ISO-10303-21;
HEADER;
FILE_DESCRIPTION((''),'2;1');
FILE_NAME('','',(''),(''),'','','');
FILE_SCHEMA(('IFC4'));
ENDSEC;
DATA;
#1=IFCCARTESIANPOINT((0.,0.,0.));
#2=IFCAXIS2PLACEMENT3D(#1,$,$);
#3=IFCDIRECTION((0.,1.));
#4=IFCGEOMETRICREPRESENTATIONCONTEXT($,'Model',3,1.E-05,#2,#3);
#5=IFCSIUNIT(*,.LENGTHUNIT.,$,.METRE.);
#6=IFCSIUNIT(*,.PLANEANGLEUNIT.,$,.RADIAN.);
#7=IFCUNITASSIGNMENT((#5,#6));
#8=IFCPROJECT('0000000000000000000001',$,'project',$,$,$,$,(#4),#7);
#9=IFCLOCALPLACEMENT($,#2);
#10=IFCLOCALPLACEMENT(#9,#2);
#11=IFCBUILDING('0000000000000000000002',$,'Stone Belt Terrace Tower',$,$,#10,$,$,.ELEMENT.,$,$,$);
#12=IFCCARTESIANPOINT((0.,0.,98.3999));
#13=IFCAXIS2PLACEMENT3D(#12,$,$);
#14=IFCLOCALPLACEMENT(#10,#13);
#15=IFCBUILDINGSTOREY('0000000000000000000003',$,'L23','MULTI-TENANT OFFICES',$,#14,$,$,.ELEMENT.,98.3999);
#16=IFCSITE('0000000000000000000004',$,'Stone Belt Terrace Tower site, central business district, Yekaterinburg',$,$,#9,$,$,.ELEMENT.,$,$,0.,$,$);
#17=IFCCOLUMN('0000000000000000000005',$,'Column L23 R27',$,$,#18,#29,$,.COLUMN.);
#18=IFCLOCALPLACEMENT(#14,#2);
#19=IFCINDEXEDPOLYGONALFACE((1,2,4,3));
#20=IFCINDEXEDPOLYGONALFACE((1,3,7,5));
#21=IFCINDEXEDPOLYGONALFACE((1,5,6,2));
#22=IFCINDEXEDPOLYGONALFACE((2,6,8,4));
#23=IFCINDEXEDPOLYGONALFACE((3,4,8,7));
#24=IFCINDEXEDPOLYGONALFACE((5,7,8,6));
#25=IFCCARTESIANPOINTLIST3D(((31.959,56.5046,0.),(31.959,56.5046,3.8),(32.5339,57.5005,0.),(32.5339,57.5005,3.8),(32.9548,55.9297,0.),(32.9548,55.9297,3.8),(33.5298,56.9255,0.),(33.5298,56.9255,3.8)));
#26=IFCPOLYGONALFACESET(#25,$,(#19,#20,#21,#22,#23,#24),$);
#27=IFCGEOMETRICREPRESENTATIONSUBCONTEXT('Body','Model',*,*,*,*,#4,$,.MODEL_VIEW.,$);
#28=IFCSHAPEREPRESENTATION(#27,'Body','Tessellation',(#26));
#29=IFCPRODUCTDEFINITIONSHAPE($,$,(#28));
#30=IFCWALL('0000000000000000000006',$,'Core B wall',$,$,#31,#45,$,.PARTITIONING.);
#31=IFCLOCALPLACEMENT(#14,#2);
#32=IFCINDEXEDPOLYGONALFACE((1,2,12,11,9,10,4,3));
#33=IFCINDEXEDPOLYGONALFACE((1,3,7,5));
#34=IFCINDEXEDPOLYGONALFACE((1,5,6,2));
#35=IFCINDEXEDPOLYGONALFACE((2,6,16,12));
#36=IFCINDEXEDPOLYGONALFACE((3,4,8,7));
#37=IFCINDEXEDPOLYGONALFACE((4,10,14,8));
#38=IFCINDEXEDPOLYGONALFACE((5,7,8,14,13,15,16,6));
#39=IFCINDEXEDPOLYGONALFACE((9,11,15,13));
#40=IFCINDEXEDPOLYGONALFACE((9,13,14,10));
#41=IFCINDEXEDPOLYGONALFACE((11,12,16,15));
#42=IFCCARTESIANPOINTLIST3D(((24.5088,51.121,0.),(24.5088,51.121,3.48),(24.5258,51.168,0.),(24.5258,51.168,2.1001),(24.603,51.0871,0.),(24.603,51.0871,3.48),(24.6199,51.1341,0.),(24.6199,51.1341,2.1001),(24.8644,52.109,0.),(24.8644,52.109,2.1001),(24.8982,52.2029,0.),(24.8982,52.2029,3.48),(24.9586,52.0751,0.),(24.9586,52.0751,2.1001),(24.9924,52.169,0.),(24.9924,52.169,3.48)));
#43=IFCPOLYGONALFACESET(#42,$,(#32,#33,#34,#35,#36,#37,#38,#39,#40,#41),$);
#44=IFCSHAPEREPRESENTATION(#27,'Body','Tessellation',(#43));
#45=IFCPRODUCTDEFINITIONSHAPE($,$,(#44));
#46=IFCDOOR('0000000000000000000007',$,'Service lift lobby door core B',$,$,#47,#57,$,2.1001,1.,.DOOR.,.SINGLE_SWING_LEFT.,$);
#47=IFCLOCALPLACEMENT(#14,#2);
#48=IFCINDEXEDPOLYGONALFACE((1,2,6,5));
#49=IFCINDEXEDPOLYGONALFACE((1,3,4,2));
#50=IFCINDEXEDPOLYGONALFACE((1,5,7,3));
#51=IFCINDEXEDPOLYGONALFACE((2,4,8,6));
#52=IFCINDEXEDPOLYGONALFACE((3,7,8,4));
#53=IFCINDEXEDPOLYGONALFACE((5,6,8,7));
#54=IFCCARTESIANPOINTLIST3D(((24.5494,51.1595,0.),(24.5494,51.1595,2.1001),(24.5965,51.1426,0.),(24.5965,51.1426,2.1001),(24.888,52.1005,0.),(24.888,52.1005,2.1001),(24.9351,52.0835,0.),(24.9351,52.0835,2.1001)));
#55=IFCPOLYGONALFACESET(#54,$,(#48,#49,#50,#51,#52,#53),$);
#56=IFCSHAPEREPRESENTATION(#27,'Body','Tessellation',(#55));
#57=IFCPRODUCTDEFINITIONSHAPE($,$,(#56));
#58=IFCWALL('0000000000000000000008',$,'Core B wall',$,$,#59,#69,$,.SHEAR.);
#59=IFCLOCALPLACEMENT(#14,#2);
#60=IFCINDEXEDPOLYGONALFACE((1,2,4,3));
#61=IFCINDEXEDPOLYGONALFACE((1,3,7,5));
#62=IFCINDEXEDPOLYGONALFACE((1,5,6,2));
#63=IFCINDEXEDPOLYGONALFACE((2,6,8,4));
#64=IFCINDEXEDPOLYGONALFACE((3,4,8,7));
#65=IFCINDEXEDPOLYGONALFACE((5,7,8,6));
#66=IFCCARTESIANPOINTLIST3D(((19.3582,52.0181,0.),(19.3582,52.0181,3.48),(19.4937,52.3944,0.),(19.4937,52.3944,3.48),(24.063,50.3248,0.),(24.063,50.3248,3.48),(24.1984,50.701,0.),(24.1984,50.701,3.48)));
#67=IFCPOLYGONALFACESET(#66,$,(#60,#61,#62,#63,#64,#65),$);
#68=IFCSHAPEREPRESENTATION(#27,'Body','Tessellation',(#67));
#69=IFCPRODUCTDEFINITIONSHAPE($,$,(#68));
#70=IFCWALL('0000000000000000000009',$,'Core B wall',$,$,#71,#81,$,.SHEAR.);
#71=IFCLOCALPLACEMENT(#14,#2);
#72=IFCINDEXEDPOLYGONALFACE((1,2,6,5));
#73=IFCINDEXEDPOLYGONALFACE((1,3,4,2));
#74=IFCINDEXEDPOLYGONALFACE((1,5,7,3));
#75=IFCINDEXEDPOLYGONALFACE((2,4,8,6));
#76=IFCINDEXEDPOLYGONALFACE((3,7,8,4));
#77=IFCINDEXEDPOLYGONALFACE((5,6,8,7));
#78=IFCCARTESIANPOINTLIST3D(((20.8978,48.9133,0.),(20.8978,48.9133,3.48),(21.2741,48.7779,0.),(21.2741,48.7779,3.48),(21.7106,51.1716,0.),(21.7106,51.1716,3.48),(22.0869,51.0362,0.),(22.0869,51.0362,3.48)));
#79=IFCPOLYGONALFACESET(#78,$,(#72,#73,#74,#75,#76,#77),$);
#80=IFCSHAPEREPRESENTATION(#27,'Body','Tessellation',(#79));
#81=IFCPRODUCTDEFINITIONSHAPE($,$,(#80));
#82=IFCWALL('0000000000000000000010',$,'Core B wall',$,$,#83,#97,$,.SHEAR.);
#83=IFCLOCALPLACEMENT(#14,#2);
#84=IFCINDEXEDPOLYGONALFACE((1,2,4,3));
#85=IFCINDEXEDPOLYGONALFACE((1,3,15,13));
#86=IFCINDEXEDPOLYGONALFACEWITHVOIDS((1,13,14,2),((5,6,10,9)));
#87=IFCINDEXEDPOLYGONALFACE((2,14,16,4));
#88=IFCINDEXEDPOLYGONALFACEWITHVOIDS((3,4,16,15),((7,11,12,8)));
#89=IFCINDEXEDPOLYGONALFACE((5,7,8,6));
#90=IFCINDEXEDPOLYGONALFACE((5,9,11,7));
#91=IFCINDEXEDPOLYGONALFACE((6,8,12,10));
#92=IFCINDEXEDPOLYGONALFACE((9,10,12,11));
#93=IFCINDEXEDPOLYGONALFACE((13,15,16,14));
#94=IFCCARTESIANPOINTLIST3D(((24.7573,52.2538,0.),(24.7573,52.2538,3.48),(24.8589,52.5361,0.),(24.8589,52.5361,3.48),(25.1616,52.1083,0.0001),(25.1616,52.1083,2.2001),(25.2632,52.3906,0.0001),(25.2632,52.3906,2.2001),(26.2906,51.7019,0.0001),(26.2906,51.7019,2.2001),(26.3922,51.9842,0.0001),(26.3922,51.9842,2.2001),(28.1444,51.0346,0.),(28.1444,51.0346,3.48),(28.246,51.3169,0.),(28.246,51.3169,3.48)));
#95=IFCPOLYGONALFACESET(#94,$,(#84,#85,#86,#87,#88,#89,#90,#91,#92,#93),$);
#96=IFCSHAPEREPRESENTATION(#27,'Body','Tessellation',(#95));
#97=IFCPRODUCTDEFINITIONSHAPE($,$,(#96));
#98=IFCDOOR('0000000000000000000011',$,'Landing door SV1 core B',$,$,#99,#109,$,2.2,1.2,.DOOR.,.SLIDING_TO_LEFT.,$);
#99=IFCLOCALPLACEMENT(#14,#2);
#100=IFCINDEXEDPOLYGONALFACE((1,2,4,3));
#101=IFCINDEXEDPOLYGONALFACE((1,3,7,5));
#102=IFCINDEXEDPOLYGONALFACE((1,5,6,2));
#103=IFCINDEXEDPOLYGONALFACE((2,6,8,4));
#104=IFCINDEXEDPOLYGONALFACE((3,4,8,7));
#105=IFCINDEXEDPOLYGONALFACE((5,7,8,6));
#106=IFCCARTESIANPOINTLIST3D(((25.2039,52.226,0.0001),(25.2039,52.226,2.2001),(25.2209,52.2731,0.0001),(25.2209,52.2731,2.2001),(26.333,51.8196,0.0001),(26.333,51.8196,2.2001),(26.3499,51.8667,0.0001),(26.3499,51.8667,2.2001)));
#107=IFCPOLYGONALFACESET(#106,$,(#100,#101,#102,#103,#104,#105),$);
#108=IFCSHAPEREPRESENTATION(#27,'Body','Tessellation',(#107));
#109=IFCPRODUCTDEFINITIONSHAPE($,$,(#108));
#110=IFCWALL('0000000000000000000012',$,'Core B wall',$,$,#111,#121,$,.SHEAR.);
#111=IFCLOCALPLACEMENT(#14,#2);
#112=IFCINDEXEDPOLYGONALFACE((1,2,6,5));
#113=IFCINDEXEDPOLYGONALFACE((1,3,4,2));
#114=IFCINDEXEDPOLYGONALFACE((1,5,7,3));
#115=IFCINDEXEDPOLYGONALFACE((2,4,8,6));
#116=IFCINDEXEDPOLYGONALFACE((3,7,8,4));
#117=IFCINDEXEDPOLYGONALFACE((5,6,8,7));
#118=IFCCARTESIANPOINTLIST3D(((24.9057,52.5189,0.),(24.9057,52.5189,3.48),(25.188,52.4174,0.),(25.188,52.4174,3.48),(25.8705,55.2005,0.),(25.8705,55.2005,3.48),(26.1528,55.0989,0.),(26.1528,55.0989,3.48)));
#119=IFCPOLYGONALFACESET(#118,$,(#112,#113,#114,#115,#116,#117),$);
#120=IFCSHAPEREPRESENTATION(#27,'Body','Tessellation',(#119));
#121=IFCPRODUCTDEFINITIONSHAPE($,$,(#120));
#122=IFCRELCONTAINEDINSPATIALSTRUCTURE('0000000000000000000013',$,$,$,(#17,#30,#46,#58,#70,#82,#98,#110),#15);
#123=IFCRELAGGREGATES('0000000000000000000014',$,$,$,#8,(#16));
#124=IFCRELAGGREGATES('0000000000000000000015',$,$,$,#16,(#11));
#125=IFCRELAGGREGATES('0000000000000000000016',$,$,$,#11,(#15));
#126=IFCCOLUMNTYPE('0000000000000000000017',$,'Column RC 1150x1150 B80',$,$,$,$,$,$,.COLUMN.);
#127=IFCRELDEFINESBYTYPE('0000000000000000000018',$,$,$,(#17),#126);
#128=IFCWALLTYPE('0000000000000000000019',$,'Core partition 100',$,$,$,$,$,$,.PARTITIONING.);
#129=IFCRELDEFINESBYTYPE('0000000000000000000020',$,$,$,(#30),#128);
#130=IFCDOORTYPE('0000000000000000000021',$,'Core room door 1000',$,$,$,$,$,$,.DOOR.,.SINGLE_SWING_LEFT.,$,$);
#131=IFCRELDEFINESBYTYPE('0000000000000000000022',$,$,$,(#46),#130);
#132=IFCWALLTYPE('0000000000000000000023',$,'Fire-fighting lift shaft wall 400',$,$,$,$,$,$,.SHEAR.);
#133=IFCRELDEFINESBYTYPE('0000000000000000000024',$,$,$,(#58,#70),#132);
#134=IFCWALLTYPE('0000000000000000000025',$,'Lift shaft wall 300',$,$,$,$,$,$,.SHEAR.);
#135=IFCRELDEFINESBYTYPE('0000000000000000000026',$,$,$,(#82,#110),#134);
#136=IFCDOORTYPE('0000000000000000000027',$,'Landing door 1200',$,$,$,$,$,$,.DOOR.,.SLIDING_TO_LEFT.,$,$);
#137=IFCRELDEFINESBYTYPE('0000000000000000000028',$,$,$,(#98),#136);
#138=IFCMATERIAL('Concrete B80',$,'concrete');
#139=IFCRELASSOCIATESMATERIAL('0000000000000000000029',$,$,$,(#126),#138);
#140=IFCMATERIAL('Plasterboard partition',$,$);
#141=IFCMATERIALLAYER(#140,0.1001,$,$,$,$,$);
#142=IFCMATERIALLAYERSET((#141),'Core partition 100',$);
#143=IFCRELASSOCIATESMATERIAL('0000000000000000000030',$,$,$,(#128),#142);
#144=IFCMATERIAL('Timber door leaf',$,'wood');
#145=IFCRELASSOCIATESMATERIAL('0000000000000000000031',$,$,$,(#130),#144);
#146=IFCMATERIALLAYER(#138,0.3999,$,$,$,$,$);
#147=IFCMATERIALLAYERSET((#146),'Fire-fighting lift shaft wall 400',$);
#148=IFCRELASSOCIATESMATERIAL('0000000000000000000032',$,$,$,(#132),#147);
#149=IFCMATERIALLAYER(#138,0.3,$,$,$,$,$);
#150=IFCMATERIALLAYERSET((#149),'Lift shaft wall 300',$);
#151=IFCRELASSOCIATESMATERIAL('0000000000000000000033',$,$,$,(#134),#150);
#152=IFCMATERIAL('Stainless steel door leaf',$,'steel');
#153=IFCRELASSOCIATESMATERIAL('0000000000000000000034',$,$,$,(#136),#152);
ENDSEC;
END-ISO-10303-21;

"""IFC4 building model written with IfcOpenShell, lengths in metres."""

from ifc_helpers import new_model, si_unit, direction, frame, frame_2d, origin, origin_2d, place, context, subcontext, project, spatial, rectangle, extrude, material, layer, layer_set, material_profile, profile_set, type_object, element, fill, save


model = new_model("IFC4")

# Units and contexts
model_context = context("Model", 3, precision=1e-05, world=origin(), true_north=direction((0.0, 1.0)))
body_context = subcontext(model_context, "Body", "Model", "MODEL_VIEW")
ifc_project = project(units=[si_unit("LENGTHUNIT", "METRE"), si_unit("PLANEANGLEUNIT", "RADIAN")], contexts=[model_context])

# Site, building, storey
site_placement = place(None, origin())
site = spatial("IfcSite", under=ifc_project, at=site_placement, Name="Stone Belt Terrace Tower site, central business district, Yekaterinburg", CompositionType="ELEMENT", RefElevation=0.0)
building_placement = place(site_placement, origin())
building = spatial("IfcBuilding", under=site, at=building_placement, Name="Stone Belt Terrace Tower", CompositionType="ELEMENT")
storey_placement = place(building_placement, frame((0.0, 0.0, 98.3999)))
storey = spatial("IfcBuildingStorey", under=building, at=storey_placement, Name="L23", Description="MULTI-TENANT OFFICES", CompositionType="ELEMENT", Elevation=98.3999)

# Column
ifc_material_1 = material(Name="Concrete B80", Category="concrete")
ifc_material_profile = material_profile(ifc_material_1, rectangle(XDim=1.1499, YDim=1.1499, at=origin_2d()), Name="RC 1150x1150")
ifc_profile_set = profile_set([ifc_material_profile], Name="Concrete B80")
column_type = type_object("IfcColumnType", Name="Column RC 1150x1150 B80", PredefinedType="COLUMN", material=ifc_profile_set)
column_placement = place(storey_placement, frame((32.7444, 56.7151, 0.0), z_axis=(0.0, 0.0, 1.0), x_axis=(0.866025, -0.5, 0.0)))
element("IfcColumn", 1, at=column_placement, inside=storey, type_object=column_type, Name="Column L23 R27", PredefinedType="COLUMN", context=body_context, shape_type="SweptSolid", body=[
    extrude(rectangle(XDim=1.1499, YDim=1.1499, at=origin_2d()), origin(), (0.0, 0.0, 1.0), 3.8),
])

# Wall, opening, door
ifc_material_2 = material(Name="Plasterboard partition")
ifc_layer_1 = layer(ifc_material_2, 0.1001)
ifc_layer_set_1 = layer_set([ifc_layer_1], Name="Core partition 100")
wall_type_1 = type_object("IfcWallType", Name="Core partition 100", PredefinedType="PARTITIONING", material=ifc_layer_set_1)
wall_1_placement = place(storey_placement, frame((24.5559, 51.104, 0.0), z_axis=(0.0, 0.0, 1.0), x_axis=(0.338622, 0.940923, 0.0)))
wall_1 = element("IfcWall", 2, at=wall_1_placement, inside=storey, type_object=wall_type_1, Name="Core B wall", PredefinedType="PARTITIONING", context=body_context, shape_type="SweptSolid", body=[
    extrude(rectangle(XDim=1.1499, YDim=0.1001, at=frame_2d((0.575, 0.0))), origin(), (0.0, 0.0, 1.0), 3.48),
])
opening_1_placement = place(wall_1_placement, frame((0.05, 0.0, 0.0)))
opening_1 = element("IfcOpeningElement", 3, at=opening_1_placement, cuts=wall_1, PredefinedType="OPENING", context=body_context, shape_type="SweptSolid", body=[
    extrude(rectangle(XDim=1.0, YDim=2.1001, at=frame_2d((0.5, 1.05))), frame((0.0, 0.0601, 0.0), z_axis=(0.0, -1.0, 0.0), x_axis=(1.0, 0.0, 0.0)), (0.0, 0.0, 1.0), 0.1201),
])
ifc_material_3 = material(Name="Timber door leaf", Category="wood")
door_type_1 = type_object("IfcDoorType", Name="Core room door 1000", OperationType="SINGLE_SWING_LEFT", PredefinedType="DOOR", material=ifc_material_3)
door_1_placement = place(opening_1_placement, origin())
door_1 = element("IfcDoor", 4, at=door_1_placement, inside=storey, type_object=door_type_1, Name="Service lift lobby door core B", OperationType="SINGLE_SWING_LEFT", OverallHeight=2.1001, OverallWidth=1.0, PredefinedType="DOOR", context=body_context, shape_type="SweptSolid", body=[
    extrude(rectangle(XDim=1.0, YDim=2.1001, at=frame_2d((0.5, 1.05))), frame((0.0, 0.0249, 0.0), z_axis=(0.0, -1.0, 0.0), x_axis=(1.0, 0.0, 0.0)), (0.0, 0.0, 1.0), 0.05),
])
fill(opening_1, door_1)

# Walls
ifc_layer_2 = layer(ifc_material_1, 0.3999)
ifc_layer_set_2 = layer_set([ifc_layer_2], Name="Fire-fighting lift shaft wall 400")
wall_type_2 = type_object("IfcWallType", Name="Fire-fighting lift shaft wall 400", PredefinedType="SHEAR", material=ifc_layer_set_2)
wall_2_placement = place(storey_placement, frame((24.1306, 50.5129, 0.0), z_axis=(0.0, 0.0, 1.0), x_axis=(-0.940912, 0.338652, 0.0)))
element("IfcWall", 5, at=wall_2_placement, inside=storey, type_object=wall_type_2, Name="Core B wall", PredefinedType="SHEAR", context=body_context, shape_type="SweptSolid", body=[
    extrude(rectangle(XDim=5.0002, YDim=0.3999, at=frame_2d((2.5, 0.0))), origin(), (0.0, 0.0, 1.0), 3.48),
])
wall_3_placement = place(storey_placement, frame((21.0859, 48.8455, 0.0), z_axis=(0.0, 0.0, 1.0), x_axis=(0.338629, 0.94092, 0.0)))
element("IfcWall", 6, at=wall_3_placement, inside=storey, type_object=wall_type_2, Name="Core B wall", PredefinedType="SHEAR", context=body_context, shape_type="SweptSolid", body=[
    extrude(rectangle(XDim=2.4001, YDim=0.3999, at=frame_2d((1.2002, 0.0))), origin(), (0.0, 0.0, 1.0), 3.48),
])

# Wall, opening, door
ifc_layer_3 = layer(ifc_material_1, 0.3)
ifc_layer_set_3 = layer_set([ifc_layer_3], Name="Lift shaft wall 300")
wall_type_3 = type_object("IfcWallType", Name="Lift shaft wall 300", PredefinedType="SHEAR", material=ifc_layer_set_3)
wall_4_placement = place(storey_placement, frame((28.1951, 51.1758, 0.0), z_axis=(0.0, 0.0, 1.0), x_axis=(-0.940901, 0.338681, 0.0)))
wall_4 = element("IfcWall", 7, at=wall_4_placement, inside=storey, type_object=wall_type_3, Name="Core B wall", PredefinedType="SHEAR", context=body_context, shape_type="SweptSolid", body=[
    extrude(rectangle(XDim=3.5999, YDim=0.3, at=frame_2d((1.7998, 0.0))), origin(), (0.0, 0.0, 1.0), 3.48),
])
opening_2_placement = place(wall_4_placement, frame((1.97, 0.0, 0.0)))
opening_2 = element("IfcOpeningElement", 8, at=opening_2_placement, cuts=wall_4, PredefinedType="OPENING", context=body_context, shape_type="SweptSolid", body=[
    extrude(rectangle(XDim=1.2, YDim=2.2, at=frame_2d((0.6001, 1.1001))), frame((0.0, 0.1599, 0.0), z_axis=(0.0, -1.0, 0.0), x_axis=(1.0, 0.0, 0.0)), (0.0, 0.0, 1.0), 0.3201),
])
ifc_material_4 = material(Name="Stainless steel door leaf", Category="steel")
door_type_2 = type_object("IfcDoorType", Name="Landing door 1200", OperationType="SLIDING_TO_LEFT", PredefinedType="DOOR", material=ifc_material_4)
door_2_placement = place(opening_2_placement, origin())
door_2 = element("IfcDoor", 9, at=door_2_placement, inside=storey, type_object=door_type_2, Name="Landing door SV1 core B", OperationType="SLIDING_TO_LEFT", OverallHeight=2.2, OverallWidth=1.2, PredefinedType="DOOR", context=body_context, shape_type="SweptSolid", body=[
    extrude(rectangle(XDim=1.2, YDim=2.2, at=frame_2d((0.6001, 1.1001))), frame((0.0, 0.0249, 0.0), z_axis=(0.0, -1.0, 0.0), x_axis=(1.0, 0.0, 0.0)), (0.0, 0.0, 1.0), 0.05),
])
fill(opening_2, door_2)

# Wall
wall_5_placement = place(storey_placement, frame((25.0469, 52.4683, 0.0), z_axis=(0.0, 0.0, 1.0), x_axis=(0.33855, 0.940949, 0.0)))
element("IfcWall", 10, at=wall_5_placement, inside=storey, type_object=wall_type_3, Name="Core B wall", PredefinedType="SHEAR", context=body_context, shape_type="SweptSolid", body=[
    extrude(rectangle(XDim=2.8499, YDim=0.3, at=frame_2d((1.4248, 0.0))), origin(), (0.0, 0.0, 1.0), 3.48),
])

save(model, "model.ifc")
